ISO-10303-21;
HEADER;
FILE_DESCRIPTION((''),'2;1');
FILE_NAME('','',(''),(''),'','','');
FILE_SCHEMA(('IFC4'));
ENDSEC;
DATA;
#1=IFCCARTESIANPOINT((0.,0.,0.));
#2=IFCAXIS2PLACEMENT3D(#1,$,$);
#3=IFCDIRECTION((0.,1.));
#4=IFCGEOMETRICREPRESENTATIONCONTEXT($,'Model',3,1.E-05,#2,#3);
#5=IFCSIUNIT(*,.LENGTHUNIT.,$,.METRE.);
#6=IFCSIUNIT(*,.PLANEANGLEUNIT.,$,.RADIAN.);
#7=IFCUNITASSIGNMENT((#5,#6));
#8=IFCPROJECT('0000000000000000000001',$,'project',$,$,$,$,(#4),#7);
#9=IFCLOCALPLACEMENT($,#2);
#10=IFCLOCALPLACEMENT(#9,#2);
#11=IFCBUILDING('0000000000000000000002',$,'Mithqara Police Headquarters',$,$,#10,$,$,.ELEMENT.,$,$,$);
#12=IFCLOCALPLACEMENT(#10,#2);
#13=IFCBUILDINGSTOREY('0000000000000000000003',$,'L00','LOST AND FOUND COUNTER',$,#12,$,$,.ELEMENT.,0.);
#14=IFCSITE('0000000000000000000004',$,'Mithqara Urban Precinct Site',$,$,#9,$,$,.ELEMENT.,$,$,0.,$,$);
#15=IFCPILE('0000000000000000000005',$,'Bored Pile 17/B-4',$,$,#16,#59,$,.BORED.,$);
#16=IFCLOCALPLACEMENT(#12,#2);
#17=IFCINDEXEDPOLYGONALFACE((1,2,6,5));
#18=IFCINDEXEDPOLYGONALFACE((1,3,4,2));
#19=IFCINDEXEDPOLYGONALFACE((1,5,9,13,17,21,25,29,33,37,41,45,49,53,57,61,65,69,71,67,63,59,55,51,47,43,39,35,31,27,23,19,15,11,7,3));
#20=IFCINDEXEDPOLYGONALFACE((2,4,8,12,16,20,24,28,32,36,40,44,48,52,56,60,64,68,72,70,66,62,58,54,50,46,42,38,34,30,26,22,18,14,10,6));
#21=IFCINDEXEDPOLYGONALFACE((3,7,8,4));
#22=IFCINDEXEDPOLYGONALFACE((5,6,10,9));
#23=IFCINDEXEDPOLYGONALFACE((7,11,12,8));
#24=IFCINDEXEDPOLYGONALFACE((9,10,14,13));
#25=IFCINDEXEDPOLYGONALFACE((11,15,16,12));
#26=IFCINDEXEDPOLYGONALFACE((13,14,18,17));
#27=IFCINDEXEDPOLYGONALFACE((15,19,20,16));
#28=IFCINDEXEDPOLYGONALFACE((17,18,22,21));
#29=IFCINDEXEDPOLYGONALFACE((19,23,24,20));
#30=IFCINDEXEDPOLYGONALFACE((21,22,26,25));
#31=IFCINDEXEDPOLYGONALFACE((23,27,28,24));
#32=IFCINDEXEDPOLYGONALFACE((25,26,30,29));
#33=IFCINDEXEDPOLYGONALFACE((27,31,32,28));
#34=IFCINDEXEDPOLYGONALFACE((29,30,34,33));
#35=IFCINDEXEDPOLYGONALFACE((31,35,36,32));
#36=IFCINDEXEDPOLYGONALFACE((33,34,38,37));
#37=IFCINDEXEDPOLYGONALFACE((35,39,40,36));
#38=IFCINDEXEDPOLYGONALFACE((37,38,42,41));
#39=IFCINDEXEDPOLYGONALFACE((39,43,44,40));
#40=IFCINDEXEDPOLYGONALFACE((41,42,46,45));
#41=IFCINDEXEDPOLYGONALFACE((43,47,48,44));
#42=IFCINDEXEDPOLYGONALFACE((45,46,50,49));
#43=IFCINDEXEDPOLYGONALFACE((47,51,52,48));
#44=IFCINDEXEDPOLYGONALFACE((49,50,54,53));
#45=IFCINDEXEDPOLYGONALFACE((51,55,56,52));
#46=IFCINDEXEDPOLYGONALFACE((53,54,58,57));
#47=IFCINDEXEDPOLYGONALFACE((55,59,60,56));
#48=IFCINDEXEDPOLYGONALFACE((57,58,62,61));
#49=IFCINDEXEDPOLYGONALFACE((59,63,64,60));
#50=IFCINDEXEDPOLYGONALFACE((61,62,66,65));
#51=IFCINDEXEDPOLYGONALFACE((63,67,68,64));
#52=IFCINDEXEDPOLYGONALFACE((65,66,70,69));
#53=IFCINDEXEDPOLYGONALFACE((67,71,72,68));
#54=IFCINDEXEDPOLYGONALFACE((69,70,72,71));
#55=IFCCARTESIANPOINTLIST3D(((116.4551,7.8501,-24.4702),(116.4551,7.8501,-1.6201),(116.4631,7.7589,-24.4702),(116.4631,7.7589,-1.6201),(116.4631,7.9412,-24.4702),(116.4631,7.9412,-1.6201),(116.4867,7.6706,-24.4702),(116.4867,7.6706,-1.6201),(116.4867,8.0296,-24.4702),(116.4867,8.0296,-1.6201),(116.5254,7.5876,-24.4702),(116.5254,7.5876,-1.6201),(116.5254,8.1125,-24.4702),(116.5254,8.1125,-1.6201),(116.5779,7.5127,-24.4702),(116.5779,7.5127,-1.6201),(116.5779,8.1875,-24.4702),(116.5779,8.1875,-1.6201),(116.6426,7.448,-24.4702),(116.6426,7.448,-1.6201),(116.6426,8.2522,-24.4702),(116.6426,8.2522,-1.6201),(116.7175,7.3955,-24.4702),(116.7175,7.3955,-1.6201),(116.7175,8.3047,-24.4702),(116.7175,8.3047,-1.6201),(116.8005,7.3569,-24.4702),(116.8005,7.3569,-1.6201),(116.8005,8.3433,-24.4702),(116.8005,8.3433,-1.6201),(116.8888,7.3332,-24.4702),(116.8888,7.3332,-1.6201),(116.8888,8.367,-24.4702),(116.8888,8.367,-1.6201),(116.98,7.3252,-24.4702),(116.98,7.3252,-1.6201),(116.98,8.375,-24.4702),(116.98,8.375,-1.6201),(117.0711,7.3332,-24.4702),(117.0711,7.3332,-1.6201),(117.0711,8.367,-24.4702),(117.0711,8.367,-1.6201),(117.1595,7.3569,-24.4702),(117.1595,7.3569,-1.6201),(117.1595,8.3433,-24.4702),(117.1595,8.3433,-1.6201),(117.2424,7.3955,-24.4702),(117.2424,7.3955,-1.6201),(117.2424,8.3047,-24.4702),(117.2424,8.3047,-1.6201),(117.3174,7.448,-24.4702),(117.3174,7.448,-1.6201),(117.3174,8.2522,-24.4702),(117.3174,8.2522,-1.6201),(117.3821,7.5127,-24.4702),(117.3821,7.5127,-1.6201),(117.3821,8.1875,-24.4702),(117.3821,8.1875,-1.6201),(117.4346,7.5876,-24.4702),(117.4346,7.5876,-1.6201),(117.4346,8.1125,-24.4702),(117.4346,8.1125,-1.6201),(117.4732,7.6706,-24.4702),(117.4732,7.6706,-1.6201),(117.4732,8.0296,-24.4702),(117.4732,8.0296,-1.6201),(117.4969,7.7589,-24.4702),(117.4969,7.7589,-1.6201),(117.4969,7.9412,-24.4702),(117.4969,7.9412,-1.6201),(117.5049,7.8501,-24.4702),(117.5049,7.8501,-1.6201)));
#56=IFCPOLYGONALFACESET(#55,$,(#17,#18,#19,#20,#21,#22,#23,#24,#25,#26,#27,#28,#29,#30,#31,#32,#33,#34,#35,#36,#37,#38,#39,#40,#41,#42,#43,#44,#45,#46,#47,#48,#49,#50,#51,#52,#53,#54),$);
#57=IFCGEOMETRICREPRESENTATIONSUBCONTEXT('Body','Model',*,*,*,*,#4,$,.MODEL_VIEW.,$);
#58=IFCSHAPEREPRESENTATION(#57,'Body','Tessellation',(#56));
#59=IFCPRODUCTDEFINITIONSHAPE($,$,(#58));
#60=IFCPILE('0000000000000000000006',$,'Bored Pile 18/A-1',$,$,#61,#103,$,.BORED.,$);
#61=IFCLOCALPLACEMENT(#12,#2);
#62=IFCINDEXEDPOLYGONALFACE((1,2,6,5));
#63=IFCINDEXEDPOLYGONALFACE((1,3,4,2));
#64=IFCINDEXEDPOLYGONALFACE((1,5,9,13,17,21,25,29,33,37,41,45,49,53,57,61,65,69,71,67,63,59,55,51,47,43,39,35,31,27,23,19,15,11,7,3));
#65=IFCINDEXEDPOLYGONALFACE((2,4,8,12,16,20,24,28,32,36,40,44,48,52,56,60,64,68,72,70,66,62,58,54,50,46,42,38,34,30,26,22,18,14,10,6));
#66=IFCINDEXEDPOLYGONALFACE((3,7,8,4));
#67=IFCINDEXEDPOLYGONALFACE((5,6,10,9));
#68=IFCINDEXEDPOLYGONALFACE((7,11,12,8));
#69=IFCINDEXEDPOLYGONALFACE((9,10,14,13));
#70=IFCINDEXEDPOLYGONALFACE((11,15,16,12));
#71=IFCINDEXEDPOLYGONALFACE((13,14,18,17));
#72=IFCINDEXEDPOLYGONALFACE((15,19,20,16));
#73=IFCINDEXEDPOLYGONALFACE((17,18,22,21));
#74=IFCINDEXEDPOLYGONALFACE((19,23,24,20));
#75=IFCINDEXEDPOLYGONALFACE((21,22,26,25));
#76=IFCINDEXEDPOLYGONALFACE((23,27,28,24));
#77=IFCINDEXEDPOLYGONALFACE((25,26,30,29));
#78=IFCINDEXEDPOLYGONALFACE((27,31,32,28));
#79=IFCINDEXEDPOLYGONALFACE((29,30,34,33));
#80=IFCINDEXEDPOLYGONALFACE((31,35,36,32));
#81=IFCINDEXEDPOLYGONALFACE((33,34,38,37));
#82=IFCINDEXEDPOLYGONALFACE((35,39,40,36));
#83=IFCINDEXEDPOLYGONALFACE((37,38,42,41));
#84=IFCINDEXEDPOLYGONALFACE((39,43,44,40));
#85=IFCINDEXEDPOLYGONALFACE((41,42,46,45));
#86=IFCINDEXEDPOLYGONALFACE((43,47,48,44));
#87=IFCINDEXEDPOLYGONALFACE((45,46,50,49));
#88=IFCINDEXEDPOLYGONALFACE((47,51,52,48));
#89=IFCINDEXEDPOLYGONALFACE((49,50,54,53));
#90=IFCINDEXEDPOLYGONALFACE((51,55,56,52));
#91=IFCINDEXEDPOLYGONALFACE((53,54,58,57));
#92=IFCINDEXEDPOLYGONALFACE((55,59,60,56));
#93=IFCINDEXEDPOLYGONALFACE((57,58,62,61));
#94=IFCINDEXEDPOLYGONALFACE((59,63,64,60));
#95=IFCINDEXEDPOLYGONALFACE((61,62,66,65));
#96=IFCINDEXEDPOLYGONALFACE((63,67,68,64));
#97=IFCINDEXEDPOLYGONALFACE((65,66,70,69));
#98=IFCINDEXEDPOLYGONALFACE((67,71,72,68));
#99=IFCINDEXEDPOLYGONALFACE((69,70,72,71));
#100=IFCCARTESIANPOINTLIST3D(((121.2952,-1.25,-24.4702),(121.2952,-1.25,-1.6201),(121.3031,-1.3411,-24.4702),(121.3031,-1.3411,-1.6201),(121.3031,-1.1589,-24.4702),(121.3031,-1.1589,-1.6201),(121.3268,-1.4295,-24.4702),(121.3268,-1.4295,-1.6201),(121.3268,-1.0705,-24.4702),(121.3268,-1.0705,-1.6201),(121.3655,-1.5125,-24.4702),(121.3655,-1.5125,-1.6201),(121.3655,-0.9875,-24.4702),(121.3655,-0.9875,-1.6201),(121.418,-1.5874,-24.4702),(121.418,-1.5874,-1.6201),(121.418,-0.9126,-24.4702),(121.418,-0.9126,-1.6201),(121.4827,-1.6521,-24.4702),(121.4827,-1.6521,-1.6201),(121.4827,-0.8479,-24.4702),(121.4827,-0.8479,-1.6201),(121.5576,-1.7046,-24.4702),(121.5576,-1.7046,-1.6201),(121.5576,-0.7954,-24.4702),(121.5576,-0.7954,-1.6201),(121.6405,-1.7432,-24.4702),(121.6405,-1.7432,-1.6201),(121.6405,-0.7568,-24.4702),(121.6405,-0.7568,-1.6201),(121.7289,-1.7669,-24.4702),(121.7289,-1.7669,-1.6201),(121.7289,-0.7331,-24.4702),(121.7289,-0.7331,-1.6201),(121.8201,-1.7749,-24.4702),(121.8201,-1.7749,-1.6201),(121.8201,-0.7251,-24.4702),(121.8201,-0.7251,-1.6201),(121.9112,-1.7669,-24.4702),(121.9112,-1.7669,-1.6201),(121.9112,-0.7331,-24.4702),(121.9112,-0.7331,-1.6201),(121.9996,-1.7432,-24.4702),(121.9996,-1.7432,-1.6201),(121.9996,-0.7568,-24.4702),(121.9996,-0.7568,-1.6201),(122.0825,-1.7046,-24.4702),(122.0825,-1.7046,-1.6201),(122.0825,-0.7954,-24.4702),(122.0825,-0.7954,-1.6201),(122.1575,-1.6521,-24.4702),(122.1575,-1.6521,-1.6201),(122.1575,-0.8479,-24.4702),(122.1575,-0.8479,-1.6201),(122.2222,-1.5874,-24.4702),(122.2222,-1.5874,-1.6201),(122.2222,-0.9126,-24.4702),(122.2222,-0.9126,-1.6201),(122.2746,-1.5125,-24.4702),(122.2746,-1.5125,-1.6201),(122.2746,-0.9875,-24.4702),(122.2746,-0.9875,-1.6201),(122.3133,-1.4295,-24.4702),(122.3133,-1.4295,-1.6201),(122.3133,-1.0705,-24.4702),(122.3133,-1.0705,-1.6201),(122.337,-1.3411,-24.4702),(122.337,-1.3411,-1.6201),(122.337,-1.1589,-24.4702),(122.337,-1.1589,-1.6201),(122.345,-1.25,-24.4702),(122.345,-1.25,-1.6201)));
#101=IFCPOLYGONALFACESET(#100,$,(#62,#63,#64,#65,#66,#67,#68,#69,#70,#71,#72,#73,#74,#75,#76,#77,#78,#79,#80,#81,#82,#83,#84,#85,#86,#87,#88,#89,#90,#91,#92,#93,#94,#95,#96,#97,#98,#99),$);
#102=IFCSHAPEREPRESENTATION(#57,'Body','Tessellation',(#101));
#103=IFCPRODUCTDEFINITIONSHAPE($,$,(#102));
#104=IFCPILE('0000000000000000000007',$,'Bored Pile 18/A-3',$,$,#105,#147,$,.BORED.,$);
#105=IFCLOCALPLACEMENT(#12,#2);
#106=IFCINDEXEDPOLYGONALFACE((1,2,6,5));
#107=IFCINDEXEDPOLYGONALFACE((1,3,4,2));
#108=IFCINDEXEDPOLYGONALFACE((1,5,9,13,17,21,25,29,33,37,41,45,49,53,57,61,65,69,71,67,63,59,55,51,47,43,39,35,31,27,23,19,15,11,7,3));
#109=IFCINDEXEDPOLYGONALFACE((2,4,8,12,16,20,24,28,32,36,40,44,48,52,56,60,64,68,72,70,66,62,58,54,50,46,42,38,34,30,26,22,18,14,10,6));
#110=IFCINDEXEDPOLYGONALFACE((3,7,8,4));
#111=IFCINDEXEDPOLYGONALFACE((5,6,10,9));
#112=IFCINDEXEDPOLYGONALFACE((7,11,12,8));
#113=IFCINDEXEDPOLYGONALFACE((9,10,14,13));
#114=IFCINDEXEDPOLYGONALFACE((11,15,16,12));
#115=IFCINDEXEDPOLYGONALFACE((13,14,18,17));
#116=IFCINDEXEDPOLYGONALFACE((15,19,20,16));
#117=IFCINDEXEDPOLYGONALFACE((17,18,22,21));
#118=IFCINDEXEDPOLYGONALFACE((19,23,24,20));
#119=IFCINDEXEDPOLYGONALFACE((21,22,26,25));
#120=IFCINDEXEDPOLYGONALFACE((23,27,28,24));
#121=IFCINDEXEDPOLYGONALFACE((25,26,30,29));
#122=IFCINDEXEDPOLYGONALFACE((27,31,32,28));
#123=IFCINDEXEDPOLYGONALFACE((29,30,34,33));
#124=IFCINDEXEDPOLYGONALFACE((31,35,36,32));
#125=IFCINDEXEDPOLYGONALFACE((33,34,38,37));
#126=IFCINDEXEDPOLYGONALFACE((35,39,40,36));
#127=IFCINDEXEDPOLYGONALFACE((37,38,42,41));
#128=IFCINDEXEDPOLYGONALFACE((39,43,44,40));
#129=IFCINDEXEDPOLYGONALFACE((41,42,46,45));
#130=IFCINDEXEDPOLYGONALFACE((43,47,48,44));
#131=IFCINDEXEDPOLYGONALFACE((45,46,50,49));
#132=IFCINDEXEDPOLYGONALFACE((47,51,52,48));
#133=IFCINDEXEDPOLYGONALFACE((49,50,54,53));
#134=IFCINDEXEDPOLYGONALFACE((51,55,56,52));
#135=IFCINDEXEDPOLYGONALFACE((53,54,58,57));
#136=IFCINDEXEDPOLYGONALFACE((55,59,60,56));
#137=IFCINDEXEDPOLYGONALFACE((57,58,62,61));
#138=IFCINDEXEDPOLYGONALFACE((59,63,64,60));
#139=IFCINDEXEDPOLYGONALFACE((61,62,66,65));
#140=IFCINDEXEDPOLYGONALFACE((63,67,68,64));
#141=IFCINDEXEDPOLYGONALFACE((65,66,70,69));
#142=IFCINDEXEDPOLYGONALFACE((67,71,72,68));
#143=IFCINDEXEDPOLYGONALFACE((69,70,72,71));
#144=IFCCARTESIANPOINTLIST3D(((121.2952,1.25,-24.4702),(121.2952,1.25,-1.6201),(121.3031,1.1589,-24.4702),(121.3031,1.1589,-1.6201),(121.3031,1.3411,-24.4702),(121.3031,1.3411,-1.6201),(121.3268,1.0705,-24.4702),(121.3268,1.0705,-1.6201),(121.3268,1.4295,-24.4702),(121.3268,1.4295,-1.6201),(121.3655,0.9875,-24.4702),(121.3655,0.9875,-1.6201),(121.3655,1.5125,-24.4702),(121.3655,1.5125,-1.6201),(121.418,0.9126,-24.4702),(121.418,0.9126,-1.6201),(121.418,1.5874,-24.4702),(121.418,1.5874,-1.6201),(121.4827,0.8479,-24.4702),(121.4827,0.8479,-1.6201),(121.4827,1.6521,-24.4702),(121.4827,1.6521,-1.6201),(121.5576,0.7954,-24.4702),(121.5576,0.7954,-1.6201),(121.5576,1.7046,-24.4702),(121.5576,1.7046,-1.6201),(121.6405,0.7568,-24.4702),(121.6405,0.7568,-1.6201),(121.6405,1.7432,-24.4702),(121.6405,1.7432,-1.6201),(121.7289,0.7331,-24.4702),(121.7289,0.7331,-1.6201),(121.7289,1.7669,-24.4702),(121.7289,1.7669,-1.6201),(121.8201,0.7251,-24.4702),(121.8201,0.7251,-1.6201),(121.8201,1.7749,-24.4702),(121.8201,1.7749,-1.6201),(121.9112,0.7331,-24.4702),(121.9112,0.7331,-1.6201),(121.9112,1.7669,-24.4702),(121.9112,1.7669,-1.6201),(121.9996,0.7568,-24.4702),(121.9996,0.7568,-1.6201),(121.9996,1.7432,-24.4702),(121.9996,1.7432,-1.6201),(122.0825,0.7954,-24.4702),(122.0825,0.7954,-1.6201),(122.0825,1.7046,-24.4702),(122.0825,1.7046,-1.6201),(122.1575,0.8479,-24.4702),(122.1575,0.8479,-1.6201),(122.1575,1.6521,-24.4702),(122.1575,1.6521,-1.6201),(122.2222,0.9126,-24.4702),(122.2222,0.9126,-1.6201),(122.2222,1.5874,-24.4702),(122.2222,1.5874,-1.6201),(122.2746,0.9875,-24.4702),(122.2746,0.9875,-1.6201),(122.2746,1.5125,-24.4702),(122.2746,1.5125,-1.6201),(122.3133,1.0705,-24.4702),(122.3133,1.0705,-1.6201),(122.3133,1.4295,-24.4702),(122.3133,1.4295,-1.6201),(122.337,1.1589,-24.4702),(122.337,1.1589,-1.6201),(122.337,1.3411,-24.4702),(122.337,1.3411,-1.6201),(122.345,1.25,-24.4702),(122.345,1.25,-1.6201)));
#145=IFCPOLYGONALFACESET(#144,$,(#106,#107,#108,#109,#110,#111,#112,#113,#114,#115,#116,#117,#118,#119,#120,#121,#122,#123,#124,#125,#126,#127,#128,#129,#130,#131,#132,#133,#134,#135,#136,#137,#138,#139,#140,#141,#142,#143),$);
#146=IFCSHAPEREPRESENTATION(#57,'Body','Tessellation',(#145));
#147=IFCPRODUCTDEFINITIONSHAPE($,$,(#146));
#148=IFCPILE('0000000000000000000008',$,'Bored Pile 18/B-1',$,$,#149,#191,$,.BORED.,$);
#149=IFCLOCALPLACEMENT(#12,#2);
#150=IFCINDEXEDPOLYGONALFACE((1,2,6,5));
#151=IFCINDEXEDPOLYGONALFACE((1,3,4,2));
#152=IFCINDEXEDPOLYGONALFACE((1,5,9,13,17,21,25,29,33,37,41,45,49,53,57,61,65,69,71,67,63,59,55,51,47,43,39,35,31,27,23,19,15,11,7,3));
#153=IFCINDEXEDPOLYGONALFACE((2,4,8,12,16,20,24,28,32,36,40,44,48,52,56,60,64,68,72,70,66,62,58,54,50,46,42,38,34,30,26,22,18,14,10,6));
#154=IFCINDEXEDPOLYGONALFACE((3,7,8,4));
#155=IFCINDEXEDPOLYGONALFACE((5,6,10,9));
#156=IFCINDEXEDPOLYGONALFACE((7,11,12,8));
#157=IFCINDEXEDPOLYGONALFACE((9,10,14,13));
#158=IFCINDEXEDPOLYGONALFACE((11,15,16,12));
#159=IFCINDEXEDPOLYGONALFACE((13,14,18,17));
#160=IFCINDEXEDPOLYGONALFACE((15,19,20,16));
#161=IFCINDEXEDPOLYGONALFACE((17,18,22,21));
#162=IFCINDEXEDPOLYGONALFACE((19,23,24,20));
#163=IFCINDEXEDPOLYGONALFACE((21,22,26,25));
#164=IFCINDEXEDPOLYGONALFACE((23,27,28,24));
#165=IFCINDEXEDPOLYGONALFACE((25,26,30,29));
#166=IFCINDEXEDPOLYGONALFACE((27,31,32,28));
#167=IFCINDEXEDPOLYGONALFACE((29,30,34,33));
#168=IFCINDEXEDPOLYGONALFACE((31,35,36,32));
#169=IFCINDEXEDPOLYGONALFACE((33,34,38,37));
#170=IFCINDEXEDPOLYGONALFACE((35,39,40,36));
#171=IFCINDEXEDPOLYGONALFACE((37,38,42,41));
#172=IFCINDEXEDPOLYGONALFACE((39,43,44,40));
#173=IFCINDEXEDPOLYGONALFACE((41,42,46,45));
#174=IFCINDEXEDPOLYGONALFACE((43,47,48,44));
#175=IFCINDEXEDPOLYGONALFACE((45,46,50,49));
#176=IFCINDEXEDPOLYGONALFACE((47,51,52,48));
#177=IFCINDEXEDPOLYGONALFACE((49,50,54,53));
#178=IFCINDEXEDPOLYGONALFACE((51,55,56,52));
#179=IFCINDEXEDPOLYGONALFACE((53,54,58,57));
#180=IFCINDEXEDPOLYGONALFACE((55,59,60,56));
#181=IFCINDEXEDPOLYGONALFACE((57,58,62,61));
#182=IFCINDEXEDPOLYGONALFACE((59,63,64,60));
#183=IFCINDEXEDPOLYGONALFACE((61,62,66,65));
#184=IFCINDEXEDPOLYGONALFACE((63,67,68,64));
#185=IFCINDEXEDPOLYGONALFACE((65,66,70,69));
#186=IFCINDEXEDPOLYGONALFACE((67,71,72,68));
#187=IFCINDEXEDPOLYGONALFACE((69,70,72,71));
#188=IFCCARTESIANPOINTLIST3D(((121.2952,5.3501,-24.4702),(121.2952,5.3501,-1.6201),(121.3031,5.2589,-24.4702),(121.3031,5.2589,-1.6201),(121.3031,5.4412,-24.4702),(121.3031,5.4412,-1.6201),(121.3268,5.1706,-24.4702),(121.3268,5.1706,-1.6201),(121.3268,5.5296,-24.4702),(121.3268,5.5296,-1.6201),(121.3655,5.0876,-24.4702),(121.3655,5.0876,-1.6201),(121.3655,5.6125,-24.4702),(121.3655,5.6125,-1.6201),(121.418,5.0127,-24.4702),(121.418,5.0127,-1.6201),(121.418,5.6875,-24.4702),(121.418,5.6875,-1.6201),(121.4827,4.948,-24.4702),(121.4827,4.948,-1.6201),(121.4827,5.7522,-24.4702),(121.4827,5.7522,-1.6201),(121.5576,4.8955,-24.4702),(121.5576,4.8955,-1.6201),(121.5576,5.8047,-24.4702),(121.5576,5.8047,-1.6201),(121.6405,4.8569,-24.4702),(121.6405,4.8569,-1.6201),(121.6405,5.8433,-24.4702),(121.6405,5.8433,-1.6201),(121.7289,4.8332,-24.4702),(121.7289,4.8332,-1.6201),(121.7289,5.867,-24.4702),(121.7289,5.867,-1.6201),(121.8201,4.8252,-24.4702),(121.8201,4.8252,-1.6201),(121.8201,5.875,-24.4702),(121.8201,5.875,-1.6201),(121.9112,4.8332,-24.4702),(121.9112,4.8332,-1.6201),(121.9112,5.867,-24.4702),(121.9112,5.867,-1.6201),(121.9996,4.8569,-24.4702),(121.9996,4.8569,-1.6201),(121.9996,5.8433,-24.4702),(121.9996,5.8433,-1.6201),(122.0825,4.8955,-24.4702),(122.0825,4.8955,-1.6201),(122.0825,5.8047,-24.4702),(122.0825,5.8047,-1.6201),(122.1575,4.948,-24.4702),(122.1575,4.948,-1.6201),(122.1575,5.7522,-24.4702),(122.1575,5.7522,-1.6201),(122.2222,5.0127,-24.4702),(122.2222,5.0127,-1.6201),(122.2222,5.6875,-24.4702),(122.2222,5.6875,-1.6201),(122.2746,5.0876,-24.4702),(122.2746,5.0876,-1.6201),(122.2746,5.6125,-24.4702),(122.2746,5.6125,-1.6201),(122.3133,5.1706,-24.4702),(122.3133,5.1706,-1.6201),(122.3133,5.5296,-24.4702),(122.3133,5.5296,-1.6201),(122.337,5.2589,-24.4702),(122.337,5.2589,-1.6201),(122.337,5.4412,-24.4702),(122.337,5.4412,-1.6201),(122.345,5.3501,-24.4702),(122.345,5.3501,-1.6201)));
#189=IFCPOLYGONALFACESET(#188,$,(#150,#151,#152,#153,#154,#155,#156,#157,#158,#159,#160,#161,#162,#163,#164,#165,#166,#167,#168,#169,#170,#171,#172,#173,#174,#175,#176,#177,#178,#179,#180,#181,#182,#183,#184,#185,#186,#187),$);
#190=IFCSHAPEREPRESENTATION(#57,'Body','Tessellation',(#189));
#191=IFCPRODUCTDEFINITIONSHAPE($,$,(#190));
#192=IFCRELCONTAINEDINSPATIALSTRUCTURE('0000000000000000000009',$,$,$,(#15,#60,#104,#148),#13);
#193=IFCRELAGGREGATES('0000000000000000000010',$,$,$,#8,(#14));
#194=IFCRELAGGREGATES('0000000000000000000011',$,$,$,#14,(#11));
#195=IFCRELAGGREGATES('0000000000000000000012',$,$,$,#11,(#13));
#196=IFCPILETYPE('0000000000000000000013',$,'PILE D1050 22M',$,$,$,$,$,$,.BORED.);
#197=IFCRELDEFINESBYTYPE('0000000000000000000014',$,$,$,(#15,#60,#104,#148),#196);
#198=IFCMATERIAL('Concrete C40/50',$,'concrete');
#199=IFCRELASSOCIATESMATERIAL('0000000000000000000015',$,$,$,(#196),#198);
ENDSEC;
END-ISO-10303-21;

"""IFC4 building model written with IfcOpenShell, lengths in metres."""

from ifc_helpers import new_model, si_unit, direction, frame, origin, origin_2d, place, context, subcontext, project, spatial, circle, extrude, material, material_profile, profile_set, type_object, element, save


model = new_model("IFC4")

# Units and contexts
model_context = context("Model", 3, precision=1e-05, world=origin(), true_north=direction((0.0, 1.0)))
body_context = subcontext(model_context, "Body", "Model", "MODEL_VIEW")
ifc_project = project(units=[si_unit("LENGTHUNIT", "METRE"), si_unit("PLANEANGLEUNIT", "RADIAN")], contexts=[model_context])

# Site, building, storey
site_placement = place(None, origin())
site = spatial("IfcSite", under=ifc_project, at=site_placement, Name="Mithqara Urban Precinct Site", CompositionType="ELEMENT", RefElevation=0.0)
building_placement = place(site_placement, origin())
building = spatial("IfcBuilding", under=site, at=building_placement, Name="Mithqara Police Headquarters", CompositionType="ELEMENT")
storey_placement = place(building_placement, origin())
storey = spatial("IfcBuildingStorey", under=building, at=storey_placement, Name="L00", Description="LOST AND FOUND COUNTER", CompositionType="ELEMENT", Elevation=0.0)

# Shared definitions
ifc_material_1 = material(Name="Concrete C40/50", Category="concrete")

# Piles
ifc_material_profile_1 = material_profile(ifc_material_1, circle(Radius=0.5249, at=origin_2d()), Name="PILE D1050")
ifc_profile_set_1 = profile_set([ifc_material_profile_1], Name="Concrete C40/50")
pile_type = type_object("IfcPileType", Name="PILE D1050 22M", PredefinedType="BORED", material=ifc_profile_set_1)
for number, where, z_axis, x_axis, name in (
    (1, (116.98, 7.8501, -1.6201), (0.0, 0.0, -1.0), (1.0, 0.0, 0.0), "Bored Pile 17/B-4"),
    (2, (121.8201, -1.25, -1.6201), (0.0, 0.0, -1.0), (1.0, 0.0, 0.0), "Bored Pile 18/A-1"),
    (3, (121.8201, 1.25, -1.6201), (0.0, 0.0, -1.0), (1.0, 0.0, 0.0), "Bored Pile 18/A-3"),
    (4, (121.8201, 5.3501, -1.6201), (0.0, 0.0, -1.0), (1.0, 0.0, 0.0), "Bored Pile 18/B-1"),
):
    element("IfcPile", number, at=place(storey_placement, frame(where, z_axis=z_axis, x_axis=x_axis)), inside=storey, type_object=pile_type, Name=name, PredefinedType="BORED", context=body_context, shape_type="SweptSolid", body=[
        extrude(circle(Radius=0.5249, at=origin_2d()), origin(), (0.0, 0.0, 1.0), 22.8501),
    ])

save(model, "model.ifc")
